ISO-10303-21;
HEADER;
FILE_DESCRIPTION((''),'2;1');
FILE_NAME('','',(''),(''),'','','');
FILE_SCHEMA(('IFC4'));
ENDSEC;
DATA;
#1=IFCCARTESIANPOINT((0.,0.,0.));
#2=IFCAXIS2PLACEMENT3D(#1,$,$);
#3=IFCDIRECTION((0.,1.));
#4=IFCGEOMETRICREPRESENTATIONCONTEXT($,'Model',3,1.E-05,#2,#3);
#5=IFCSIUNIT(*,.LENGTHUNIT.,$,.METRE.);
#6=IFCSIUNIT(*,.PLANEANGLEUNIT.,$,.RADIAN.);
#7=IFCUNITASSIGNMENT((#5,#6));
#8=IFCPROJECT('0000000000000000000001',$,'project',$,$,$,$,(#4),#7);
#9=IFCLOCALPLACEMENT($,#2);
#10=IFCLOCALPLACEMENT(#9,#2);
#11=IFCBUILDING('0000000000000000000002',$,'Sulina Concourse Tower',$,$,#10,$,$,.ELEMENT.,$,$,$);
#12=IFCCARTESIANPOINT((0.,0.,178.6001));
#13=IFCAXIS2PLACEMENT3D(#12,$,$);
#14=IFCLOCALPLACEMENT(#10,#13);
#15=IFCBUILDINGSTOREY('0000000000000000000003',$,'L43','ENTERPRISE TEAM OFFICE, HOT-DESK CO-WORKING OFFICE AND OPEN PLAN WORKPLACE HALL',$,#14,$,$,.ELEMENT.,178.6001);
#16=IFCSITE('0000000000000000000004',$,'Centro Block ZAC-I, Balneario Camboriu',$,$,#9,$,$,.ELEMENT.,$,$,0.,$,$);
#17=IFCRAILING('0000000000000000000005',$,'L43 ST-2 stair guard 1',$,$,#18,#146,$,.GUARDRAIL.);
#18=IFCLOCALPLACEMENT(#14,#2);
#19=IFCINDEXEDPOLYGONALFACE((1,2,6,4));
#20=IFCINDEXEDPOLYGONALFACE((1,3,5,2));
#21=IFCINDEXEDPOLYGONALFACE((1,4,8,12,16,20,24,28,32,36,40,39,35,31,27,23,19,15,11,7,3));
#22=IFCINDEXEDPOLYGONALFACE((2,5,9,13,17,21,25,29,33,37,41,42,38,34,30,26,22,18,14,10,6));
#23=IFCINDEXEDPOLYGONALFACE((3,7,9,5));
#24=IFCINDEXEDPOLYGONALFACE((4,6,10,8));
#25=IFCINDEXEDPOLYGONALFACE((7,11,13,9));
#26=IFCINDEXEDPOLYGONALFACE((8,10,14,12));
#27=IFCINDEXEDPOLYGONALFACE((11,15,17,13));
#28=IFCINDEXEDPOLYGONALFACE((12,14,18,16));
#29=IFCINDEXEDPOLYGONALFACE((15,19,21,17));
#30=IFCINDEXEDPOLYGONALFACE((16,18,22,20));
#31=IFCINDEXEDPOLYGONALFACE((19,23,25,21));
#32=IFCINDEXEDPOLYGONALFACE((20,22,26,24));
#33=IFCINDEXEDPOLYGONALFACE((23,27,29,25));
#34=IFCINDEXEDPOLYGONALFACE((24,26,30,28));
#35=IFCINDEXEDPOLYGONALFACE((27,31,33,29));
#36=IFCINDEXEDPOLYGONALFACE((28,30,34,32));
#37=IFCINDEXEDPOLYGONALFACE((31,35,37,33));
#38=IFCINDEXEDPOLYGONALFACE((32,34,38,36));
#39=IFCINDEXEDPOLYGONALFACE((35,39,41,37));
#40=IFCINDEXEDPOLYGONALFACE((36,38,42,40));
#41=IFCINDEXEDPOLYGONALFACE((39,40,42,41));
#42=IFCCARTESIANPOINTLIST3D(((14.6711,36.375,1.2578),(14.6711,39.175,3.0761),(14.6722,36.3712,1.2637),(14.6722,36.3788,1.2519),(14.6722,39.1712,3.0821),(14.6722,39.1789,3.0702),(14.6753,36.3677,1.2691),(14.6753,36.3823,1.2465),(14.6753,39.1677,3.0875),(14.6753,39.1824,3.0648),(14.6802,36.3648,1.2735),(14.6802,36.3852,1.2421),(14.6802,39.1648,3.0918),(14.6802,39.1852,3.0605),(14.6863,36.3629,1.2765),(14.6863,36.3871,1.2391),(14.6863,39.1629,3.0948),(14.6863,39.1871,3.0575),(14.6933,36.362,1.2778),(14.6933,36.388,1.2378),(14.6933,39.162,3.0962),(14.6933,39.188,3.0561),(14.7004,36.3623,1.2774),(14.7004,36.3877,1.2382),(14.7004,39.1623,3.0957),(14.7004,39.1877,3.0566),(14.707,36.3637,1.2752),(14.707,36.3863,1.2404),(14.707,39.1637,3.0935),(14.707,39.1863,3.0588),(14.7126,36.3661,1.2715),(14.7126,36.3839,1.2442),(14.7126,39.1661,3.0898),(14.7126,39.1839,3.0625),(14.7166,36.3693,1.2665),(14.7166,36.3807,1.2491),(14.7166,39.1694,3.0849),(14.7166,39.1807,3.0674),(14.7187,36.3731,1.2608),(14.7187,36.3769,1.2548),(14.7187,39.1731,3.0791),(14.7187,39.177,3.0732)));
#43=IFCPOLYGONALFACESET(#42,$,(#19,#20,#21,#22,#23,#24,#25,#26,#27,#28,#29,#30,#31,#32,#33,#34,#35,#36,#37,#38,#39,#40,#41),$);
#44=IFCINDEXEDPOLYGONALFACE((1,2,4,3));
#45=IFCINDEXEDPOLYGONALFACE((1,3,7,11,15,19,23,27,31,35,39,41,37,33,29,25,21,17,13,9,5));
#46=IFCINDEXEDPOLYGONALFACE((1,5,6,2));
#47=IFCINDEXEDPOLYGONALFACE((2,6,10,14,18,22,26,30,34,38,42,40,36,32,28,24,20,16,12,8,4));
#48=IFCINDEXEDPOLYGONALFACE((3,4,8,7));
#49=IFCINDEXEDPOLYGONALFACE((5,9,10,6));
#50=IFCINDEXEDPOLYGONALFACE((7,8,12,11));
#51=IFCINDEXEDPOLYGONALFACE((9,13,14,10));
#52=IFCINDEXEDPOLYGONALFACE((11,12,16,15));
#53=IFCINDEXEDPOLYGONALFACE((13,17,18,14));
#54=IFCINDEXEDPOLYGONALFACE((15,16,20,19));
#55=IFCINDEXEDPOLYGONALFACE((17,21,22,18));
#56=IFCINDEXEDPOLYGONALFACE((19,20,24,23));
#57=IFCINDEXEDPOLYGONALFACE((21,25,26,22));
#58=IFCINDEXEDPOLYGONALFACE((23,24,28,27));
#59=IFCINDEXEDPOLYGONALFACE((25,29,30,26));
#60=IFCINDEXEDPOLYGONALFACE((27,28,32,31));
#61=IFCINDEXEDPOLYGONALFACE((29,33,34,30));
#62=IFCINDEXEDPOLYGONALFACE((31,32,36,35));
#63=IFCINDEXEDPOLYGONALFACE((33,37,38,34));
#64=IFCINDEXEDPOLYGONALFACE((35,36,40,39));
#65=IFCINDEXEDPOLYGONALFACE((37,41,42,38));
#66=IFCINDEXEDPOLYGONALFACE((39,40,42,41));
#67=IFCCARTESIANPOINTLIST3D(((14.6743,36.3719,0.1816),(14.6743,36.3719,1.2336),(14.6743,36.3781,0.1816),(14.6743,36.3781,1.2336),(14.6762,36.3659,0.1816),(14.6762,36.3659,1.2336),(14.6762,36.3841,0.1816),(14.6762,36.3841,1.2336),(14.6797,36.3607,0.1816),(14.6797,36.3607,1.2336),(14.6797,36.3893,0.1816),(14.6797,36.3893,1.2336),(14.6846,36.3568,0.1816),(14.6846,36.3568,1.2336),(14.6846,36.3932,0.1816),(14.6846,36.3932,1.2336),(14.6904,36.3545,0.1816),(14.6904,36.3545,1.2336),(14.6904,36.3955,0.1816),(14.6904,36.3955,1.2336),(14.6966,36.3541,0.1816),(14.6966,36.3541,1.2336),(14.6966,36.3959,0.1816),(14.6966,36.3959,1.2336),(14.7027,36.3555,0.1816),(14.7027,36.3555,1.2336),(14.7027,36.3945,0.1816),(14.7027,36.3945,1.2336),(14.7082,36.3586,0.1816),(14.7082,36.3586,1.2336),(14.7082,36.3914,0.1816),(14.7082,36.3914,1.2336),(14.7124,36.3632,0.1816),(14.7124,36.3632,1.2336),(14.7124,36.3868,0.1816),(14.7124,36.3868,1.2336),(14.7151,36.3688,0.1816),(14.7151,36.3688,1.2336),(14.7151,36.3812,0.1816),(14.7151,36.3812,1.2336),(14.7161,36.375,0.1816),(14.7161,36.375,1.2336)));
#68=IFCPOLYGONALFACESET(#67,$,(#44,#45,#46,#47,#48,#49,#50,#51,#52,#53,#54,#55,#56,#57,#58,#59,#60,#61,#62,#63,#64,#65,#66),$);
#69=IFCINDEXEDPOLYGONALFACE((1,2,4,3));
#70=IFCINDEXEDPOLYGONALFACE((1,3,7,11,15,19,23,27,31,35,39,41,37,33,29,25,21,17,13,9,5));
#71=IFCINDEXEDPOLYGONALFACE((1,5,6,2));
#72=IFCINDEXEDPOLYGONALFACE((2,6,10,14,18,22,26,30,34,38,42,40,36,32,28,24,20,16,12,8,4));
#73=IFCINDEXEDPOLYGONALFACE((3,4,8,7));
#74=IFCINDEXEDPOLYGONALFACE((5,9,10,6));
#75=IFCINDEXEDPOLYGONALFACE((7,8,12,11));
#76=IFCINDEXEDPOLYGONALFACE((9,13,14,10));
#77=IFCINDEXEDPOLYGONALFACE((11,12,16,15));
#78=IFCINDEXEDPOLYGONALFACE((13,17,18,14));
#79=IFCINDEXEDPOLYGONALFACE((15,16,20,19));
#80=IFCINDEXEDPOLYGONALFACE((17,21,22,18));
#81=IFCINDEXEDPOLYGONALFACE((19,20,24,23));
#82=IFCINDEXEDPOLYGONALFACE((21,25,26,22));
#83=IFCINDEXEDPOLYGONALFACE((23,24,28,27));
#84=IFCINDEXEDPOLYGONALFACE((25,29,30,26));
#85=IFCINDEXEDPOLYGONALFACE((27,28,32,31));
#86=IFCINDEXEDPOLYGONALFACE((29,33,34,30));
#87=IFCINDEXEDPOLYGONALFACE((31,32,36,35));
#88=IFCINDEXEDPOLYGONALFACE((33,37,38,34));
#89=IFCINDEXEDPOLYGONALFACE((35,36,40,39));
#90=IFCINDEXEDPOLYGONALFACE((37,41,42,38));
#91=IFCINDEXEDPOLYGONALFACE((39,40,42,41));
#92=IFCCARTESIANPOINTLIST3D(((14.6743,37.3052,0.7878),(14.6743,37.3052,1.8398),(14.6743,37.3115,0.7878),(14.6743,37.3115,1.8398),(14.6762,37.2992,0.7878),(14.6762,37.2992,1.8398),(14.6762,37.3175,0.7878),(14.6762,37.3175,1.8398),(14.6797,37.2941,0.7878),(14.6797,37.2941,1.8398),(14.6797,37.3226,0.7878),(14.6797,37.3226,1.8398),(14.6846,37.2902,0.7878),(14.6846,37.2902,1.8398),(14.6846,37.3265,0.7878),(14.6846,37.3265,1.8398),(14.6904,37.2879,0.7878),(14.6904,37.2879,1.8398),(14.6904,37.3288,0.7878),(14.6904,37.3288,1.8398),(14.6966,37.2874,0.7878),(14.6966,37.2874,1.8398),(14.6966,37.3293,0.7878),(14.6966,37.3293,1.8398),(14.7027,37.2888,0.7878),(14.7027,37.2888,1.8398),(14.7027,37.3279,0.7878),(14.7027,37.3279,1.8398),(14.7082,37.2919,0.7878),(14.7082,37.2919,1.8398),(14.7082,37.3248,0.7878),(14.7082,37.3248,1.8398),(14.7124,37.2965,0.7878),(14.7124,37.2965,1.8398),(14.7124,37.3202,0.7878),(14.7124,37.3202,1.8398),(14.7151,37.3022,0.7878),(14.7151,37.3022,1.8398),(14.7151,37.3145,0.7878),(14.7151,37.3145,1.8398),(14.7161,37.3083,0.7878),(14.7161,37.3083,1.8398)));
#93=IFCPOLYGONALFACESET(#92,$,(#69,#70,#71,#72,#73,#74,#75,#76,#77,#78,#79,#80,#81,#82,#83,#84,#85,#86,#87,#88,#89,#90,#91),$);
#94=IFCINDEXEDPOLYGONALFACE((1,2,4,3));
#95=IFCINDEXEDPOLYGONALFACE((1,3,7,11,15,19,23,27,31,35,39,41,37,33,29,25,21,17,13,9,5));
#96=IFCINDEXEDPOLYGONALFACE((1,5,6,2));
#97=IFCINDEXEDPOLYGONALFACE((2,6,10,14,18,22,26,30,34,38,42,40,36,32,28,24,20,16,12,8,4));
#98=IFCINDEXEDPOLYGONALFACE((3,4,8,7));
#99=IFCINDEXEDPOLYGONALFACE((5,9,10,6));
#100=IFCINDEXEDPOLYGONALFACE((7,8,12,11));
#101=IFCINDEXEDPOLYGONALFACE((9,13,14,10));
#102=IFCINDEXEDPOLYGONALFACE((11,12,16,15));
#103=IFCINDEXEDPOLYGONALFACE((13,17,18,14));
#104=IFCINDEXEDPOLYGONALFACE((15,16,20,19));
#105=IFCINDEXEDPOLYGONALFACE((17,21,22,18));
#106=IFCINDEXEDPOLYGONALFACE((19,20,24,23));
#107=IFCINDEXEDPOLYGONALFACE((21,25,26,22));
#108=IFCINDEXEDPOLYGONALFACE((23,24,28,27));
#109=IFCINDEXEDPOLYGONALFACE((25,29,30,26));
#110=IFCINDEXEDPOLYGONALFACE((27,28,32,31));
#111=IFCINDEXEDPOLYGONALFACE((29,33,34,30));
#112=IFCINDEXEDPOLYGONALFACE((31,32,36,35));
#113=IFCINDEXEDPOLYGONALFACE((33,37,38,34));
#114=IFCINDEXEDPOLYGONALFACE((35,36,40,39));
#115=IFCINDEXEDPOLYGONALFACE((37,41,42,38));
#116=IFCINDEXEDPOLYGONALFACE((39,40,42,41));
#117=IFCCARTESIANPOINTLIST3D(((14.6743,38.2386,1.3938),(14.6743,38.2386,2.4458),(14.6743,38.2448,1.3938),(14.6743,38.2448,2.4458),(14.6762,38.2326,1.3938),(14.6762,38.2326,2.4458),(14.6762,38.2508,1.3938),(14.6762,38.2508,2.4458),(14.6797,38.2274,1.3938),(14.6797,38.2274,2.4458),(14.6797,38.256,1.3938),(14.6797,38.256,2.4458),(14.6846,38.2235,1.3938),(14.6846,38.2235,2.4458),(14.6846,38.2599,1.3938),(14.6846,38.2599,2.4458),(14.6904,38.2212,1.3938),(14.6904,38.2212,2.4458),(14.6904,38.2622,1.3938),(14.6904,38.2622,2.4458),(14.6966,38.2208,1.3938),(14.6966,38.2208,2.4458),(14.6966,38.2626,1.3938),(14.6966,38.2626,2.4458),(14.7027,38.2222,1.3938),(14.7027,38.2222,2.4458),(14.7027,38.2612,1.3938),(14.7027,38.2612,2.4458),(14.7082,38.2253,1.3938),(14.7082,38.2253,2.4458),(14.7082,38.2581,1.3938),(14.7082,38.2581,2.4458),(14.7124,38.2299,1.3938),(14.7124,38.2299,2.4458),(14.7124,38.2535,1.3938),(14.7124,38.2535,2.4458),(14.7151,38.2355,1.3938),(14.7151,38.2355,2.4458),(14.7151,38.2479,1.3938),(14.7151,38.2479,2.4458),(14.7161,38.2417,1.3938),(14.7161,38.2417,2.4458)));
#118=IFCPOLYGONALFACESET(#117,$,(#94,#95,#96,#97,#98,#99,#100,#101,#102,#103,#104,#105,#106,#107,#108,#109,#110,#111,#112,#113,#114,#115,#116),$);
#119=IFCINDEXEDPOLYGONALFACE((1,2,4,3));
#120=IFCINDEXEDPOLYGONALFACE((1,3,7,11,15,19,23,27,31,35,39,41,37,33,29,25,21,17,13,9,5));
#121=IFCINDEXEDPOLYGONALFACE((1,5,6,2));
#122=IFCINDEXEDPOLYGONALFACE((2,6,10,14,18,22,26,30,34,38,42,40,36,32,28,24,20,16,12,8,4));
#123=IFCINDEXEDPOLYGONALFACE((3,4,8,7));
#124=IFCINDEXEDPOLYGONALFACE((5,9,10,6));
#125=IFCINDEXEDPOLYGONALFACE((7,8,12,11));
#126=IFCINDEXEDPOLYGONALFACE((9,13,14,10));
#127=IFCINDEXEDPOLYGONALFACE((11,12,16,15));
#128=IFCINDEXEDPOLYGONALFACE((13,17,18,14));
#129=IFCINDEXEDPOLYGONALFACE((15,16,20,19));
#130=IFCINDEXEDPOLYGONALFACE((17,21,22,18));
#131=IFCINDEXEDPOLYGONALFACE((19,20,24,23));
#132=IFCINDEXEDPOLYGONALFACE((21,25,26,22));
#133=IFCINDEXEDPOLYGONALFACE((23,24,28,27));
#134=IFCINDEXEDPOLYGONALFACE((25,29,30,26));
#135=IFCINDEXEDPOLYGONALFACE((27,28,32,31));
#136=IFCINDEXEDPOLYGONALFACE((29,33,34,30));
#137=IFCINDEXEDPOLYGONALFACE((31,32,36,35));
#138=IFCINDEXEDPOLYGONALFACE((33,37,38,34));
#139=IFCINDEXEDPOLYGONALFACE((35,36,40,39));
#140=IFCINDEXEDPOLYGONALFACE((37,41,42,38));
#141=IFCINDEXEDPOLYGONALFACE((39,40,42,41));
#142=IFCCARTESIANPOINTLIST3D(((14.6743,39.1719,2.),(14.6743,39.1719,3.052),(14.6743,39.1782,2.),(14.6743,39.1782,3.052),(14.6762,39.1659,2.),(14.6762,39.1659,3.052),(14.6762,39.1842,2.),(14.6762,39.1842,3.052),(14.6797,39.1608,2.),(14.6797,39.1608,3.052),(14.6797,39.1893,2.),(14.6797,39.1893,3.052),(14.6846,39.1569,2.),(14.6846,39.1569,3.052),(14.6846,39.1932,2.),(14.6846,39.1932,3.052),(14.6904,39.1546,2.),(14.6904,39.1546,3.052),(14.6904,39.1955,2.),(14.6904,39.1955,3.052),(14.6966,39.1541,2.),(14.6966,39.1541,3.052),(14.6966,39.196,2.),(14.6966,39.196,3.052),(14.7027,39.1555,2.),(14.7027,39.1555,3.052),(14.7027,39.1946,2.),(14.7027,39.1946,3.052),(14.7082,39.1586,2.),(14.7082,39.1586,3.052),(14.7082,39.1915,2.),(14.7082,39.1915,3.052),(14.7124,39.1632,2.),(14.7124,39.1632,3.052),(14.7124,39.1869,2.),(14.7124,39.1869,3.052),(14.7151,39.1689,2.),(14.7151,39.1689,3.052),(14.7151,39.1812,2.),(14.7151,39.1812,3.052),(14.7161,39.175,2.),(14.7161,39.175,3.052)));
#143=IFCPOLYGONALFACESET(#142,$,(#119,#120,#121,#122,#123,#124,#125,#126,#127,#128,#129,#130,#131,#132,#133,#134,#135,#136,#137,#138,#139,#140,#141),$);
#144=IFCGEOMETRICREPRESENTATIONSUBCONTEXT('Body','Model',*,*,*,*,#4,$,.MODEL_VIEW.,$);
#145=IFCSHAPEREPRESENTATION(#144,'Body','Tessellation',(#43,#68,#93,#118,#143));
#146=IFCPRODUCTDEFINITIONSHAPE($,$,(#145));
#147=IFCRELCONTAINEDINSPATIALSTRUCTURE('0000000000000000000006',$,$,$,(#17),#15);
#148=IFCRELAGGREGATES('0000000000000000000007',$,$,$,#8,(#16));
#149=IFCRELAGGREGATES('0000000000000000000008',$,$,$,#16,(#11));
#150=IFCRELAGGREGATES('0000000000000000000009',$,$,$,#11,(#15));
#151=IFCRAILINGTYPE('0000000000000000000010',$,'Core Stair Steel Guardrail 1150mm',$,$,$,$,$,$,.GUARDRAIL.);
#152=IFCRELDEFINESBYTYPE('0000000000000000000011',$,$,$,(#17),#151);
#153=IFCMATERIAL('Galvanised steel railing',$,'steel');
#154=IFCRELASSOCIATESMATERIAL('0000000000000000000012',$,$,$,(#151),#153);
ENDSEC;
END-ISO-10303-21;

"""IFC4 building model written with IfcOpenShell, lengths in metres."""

from ifc_helpers import new_model, si_unit, direction, frame, origin, origin_2d, place, context, subcontext, project, spatial, circle, extrude, material, type_object, element, save


model = new_model("IFC4")

# Units and contexts
model_context = context("Model", 3, precision=1e-05, world=origin(), true_north=direction((0.0, 1.0)))
body_context = subcontext(model_context, "Body", "Model", "MODEL_VIEW")
ifc_project = project(units=[si_unit("LENGTHUNIT", "METRE"), si_unit("PLANEANGLEUNIT", "RADIAN")], contexts=[model_context])

# Site, building, storey
site_placement = place(None, origin())
site = spatial("IfcSite", under=ifc_project, at=site_placement, Name="Centro Block ZAC-I, Balneario Camboriu", CompositionType="ELEMENT", RefElevation=0.0)
building_placement = place(site_placement, origin())
building = spatial("IfcBuilding", under=site, at=building_placement, Name="Sulina Concourse Tower", CompositionType="ELEMENT")
storey_placement = place(building_placement, frame((0.0, 0.0, 178.6001)))
storey = spatial("IfcBuildingStorey", under=building, at=storey_placement, Name="L43", Description="ENTERPRISE TEAM OFFICE, HOT-DESK CO-WORKING OFFICE AND OPEN PLAN WORKPLACE HALL", CompositionType="ELEMENT", Elevation=178.6001)

# Railing
ifc_material_1 = material(Name="Galvanised steel railing", Category="steel")
railing_type_1 = type_object("IfcRailingType", Name="Core Stair Steel Guardrail 1150mm", PredefinedType="GUARDRAIL", material=ifc_material_1)
railing_1_placement = place(storey_placement, frame((14.6951, 36.375, 0.1816)))
element("IfcRailing", 1, at=railing_1_placement, inside=storey, type_object=railing_type_1, Name="L43 ST-2 stair guard 1", PredefinedType="GUARDRAIL", context=body_context, shape_type="SweptSolid", body=[
    extrude(circle(Radius=0.0239, at=origin_2d()), frame((0.0, 0.0, 1.0762), z_axis=(0.0, 0.838672, 0.544636), x_axis=(-1.0, 0.0, 0.0)), (0.0, 0.0, 1.0), 3.3386),
    extrude(circle(Radius=0.021, at=origin_2d()), origin(), (0.0, 0.0, 1.0), 1.052),
    extrude(circle(Radius=0.021, at=origin_2d()), frame((0.0, 0.9333, 0.6062)), (0.0, 0.0, 1.0), 1.052),
    extrude(circle(Radius=0.021, at=origin_2d()), frame((0.0, 1.8667, 1.2122)), (0.0, 0.0, 1.0), 1.052),
    extrude(circle(Radius=0.021, at=origin_2d()), frame((0.0, 2.8, 1.8184)), (0.0, 0.0, 1.0), 1.052),
])

save(model, "model.ifc")
